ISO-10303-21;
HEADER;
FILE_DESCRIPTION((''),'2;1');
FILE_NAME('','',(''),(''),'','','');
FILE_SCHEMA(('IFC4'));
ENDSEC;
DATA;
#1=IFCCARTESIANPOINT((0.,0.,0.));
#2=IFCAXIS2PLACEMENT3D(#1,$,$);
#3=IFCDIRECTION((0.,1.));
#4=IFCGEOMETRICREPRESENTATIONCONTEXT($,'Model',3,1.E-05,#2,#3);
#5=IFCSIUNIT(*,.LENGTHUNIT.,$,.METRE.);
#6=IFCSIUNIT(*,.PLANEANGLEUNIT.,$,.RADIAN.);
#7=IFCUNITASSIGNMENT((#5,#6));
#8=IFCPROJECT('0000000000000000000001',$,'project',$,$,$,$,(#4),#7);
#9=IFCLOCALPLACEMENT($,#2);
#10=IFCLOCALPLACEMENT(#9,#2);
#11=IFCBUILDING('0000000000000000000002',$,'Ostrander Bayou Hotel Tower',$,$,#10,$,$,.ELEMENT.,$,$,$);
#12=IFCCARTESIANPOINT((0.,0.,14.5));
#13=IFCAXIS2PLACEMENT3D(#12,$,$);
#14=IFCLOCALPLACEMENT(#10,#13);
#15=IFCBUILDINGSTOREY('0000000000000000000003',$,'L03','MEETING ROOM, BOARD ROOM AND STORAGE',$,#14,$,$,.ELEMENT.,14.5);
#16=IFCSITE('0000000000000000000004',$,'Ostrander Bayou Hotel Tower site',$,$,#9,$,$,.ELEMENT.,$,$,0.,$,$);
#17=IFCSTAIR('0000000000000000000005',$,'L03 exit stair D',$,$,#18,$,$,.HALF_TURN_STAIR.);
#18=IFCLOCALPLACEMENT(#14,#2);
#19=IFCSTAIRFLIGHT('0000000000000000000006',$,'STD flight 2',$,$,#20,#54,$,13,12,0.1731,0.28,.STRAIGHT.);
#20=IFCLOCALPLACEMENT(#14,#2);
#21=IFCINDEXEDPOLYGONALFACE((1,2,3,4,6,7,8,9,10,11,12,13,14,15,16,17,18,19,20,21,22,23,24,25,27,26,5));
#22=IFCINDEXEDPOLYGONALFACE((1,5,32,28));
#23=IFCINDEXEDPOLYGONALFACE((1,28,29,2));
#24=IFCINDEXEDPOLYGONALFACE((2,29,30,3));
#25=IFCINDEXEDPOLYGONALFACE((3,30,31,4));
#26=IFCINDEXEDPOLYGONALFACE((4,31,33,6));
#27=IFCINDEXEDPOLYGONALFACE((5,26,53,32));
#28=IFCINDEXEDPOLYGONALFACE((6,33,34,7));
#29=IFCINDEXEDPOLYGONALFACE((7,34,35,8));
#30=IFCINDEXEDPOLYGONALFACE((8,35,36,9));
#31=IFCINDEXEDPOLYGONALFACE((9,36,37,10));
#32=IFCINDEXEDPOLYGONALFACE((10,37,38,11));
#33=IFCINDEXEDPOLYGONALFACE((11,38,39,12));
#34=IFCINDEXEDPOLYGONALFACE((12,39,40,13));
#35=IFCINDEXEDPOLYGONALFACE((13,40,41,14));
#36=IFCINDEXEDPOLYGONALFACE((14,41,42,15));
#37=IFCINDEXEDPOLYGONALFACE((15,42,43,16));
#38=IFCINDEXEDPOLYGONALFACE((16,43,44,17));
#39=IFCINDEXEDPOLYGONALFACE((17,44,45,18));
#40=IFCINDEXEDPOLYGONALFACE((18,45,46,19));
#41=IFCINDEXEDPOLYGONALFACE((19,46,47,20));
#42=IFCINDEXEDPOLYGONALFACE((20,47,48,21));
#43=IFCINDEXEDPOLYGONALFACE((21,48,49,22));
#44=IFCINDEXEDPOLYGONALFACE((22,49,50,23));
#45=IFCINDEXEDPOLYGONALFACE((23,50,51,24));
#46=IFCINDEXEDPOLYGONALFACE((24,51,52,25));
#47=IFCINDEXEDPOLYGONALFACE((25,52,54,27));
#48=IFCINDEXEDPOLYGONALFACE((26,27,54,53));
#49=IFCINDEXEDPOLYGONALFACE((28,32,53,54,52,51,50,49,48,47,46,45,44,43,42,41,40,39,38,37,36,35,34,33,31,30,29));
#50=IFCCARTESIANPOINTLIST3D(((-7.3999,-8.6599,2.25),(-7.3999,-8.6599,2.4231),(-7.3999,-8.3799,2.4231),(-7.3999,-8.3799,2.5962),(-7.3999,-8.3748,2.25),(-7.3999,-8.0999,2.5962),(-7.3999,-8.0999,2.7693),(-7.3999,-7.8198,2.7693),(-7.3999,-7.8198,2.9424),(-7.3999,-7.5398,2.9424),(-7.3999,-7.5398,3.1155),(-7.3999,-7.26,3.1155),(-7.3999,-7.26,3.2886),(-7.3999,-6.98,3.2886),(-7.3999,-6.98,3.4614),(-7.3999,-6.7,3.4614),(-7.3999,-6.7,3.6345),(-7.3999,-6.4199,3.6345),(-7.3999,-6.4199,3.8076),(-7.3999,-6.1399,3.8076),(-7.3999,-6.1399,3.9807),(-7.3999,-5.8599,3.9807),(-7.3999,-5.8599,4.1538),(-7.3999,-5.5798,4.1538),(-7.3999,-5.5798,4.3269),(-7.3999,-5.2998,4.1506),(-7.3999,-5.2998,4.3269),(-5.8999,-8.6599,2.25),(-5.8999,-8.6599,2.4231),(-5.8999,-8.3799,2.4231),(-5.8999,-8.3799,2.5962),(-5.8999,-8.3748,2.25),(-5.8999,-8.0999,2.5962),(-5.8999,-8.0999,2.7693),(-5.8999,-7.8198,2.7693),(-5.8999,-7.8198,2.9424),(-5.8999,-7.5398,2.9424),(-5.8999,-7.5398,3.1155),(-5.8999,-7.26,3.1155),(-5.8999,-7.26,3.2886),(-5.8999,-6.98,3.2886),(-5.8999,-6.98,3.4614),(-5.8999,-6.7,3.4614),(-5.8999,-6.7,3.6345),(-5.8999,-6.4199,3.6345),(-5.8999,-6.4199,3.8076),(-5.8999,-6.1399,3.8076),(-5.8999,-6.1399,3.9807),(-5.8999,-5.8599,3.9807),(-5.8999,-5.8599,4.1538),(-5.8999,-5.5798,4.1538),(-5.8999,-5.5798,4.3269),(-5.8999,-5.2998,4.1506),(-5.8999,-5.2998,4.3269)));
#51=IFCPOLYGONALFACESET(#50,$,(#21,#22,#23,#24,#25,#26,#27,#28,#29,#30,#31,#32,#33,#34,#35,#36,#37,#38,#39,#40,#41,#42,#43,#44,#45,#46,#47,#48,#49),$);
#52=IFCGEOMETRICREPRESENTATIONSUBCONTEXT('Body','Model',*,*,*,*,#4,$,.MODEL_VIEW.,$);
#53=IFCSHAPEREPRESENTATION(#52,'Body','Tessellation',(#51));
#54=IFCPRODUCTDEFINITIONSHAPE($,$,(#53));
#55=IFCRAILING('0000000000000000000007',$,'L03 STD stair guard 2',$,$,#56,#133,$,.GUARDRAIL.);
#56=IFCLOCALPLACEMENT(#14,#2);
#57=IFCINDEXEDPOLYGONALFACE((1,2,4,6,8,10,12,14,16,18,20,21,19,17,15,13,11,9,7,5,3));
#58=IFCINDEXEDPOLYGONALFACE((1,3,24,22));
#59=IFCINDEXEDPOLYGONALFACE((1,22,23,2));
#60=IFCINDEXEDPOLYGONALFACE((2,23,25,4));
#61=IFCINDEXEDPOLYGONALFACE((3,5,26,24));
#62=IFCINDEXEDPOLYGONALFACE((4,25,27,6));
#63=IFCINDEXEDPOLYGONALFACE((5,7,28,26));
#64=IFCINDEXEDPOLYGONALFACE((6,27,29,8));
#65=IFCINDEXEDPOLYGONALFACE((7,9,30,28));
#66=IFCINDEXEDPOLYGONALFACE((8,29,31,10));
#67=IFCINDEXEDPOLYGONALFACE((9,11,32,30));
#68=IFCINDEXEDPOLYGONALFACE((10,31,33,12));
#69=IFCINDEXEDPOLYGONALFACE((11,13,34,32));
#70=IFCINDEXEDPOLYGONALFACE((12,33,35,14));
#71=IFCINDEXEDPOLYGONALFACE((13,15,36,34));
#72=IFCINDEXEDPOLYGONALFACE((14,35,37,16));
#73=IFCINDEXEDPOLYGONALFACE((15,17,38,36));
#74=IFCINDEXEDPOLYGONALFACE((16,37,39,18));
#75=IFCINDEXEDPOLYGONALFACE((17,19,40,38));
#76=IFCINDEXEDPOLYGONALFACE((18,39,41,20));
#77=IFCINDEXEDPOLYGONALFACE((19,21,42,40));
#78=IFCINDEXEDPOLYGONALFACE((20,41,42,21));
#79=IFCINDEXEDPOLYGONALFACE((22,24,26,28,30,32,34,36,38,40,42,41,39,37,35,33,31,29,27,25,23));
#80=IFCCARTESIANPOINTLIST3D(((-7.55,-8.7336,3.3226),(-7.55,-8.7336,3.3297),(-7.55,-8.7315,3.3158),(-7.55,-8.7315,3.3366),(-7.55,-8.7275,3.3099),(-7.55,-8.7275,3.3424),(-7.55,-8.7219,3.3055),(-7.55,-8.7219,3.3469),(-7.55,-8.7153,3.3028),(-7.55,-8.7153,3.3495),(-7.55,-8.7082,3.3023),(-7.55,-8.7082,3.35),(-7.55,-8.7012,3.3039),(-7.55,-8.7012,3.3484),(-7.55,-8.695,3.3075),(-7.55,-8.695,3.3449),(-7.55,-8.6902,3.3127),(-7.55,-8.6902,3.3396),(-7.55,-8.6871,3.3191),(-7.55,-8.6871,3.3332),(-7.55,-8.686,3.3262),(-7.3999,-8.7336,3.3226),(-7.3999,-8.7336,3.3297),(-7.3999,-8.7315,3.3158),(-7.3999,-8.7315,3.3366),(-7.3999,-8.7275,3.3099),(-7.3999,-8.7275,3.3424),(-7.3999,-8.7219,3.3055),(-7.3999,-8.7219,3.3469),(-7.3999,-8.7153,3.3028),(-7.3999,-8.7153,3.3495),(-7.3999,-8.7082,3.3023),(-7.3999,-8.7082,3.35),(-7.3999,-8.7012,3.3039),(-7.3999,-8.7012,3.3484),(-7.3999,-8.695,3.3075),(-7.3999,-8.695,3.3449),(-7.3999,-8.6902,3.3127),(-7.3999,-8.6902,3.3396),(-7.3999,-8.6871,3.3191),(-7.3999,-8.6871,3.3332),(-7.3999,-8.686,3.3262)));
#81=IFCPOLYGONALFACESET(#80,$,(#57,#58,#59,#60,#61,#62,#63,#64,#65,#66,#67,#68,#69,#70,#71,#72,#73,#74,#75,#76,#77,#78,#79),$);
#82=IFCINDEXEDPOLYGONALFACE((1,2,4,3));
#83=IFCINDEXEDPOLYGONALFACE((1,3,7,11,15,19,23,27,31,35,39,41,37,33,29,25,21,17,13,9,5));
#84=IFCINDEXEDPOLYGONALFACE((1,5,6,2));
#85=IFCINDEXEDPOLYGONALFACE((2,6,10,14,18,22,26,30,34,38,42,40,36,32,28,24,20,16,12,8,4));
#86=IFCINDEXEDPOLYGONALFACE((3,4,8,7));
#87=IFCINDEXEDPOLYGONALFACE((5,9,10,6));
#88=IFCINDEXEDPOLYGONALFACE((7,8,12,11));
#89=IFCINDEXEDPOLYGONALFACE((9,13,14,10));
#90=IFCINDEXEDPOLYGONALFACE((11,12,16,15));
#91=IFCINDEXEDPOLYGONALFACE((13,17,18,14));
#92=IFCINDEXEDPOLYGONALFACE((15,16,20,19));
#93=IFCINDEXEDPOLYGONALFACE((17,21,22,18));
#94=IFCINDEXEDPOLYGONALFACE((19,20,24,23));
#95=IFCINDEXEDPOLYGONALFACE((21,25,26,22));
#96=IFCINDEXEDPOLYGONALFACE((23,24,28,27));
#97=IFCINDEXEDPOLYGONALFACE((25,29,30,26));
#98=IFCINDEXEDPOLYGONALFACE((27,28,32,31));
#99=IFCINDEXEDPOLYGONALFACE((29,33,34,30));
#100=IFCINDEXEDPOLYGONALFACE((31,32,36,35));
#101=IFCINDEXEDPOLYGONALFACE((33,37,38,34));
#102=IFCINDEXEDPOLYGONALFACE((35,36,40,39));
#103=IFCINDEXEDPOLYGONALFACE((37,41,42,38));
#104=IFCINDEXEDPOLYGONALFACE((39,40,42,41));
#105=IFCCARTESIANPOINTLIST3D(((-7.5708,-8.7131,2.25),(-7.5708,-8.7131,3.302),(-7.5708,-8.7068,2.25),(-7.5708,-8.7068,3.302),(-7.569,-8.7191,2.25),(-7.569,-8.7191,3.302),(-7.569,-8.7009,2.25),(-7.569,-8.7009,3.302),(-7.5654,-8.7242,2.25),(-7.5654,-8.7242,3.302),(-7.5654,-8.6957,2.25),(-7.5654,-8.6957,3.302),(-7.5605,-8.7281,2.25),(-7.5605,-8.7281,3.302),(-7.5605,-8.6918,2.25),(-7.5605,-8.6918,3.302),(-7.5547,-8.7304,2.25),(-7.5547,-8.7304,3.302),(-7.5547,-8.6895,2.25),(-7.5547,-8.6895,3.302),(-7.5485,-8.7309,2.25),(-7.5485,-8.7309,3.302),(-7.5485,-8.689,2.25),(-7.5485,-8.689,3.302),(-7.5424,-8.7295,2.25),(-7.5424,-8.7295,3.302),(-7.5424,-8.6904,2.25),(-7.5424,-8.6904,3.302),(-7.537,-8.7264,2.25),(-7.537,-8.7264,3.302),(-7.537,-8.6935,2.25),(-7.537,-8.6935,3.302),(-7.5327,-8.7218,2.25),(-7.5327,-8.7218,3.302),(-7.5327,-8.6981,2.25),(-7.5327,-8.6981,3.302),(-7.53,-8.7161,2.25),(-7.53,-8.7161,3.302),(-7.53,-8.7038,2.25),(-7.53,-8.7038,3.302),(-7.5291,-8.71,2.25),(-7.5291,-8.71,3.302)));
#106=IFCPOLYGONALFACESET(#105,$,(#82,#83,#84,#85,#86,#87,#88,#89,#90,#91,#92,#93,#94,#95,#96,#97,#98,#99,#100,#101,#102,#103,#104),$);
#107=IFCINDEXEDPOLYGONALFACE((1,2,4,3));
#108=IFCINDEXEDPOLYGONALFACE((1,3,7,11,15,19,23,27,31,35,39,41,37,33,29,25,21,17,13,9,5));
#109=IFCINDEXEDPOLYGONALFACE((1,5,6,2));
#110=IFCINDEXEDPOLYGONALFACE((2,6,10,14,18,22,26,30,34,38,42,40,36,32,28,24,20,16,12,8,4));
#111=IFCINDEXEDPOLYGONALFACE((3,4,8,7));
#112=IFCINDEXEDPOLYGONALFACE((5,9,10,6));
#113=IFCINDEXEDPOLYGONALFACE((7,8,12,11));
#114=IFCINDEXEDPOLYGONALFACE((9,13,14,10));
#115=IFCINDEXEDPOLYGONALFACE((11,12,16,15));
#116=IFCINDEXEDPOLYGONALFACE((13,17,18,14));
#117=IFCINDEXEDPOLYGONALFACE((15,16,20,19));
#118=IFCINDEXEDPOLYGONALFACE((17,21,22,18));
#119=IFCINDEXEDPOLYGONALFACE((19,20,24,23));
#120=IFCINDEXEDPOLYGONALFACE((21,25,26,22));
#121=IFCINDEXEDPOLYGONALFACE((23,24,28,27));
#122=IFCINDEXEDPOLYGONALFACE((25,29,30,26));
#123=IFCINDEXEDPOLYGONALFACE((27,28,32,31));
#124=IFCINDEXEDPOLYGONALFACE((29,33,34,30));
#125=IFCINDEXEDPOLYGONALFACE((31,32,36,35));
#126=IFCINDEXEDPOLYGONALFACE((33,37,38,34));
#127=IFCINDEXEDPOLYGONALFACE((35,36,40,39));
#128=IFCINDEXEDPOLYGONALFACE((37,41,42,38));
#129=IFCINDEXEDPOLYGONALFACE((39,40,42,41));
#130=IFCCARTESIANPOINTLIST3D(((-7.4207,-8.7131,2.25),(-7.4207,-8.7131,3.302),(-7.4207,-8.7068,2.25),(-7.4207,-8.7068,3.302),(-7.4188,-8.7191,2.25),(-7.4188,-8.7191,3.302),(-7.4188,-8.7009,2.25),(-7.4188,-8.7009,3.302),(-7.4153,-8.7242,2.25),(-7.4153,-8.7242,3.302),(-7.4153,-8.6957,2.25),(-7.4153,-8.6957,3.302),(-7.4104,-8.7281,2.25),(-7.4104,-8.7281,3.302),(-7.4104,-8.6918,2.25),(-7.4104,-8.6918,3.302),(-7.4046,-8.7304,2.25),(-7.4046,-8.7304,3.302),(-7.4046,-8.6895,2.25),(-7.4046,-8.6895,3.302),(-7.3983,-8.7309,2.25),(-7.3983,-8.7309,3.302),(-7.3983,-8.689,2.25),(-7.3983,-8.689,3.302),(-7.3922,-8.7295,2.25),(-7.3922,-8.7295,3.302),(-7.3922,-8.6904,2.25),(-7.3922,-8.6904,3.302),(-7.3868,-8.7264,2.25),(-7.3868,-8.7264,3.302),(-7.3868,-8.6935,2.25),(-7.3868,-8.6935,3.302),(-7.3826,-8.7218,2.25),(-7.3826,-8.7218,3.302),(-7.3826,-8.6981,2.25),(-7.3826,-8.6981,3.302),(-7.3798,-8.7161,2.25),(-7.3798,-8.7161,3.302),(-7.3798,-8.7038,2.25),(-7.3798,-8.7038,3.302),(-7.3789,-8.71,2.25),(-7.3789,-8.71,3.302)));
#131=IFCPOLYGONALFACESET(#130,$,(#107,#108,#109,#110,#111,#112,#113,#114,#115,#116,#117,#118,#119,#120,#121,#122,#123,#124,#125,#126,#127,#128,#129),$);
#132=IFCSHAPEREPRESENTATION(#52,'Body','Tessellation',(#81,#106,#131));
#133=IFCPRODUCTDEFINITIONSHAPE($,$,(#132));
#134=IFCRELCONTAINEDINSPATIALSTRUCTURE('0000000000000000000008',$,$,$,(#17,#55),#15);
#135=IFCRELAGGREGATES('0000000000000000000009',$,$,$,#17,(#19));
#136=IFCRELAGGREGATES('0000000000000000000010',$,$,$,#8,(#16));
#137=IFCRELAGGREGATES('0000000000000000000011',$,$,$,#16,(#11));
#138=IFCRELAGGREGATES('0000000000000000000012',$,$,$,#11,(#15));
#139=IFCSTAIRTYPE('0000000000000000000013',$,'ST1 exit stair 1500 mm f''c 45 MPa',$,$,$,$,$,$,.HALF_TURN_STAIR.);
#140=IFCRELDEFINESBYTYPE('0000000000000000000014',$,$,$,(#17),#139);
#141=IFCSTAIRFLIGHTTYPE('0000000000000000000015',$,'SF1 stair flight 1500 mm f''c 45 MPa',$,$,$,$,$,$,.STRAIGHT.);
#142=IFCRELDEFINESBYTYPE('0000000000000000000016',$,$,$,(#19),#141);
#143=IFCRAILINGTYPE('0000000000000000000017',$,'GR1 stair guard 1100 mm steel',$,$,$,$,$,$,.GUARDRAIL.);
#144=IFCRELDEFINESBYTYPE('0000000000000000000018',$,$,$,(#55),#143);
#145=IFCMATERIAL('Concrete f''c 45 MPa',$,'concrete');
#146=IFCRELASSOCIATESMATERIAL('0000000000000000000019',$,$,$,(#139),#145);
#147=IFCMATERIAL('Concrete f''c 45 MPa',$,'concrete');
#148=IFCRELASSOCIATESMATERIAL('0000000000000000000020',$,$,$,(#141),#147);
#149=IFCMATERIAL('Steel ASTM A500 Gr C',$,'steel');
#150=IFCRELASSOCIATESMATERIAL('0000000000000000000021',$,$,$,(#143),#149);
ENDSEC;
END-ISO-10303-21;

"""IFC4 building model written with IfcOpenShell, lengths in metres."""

from ifc_helpers import new_model, si_unit, direction, frame, origin, origin_2d, place, context, subcontext, project, spatial, polyline, circle, outline, extrude, material, type_object, element, aggregate, save


model = new_model("IFC4")

# Units and contexts
model_context = context("Model", 3, precision=1e-05, world=origin(), true_north=direction((0.0, 1.0)))
body_context = subcontext(model_context, "Body", "Model", "MODEL_VIEW")
ifc_project = project(units=[si_unit("LENGTHUNIT", "METRE"), si_unit("PLANEANGLEUNIT", "RADIAN")], contexts=[model_context])

# Site, building, storey
site_placement = place(None, origin())
site = spatial("IfcSite", under=ifc_project, at=site_placement, Name="Ostrander Bayou Hotel Tower site", CompositionType="ELEMENT", RefElevation=0.0)
building_placement = place(site_placement, origin())
building = spatial("IfcBuilding", under=site, at=building_placement, Name="Ostrander Bayou Hotel Tower", CompositionType="ELEMENT")
storey_placement = place(building_placement, frame((0.0, 0.0, 14.5)))
storey = spatial("IfcBuildingStorey", under=building, at=storey_placement, Name="L03", Description="MEETING ROOM, BOARD ROOM AND STORAGE", CompositionType="ELEMENT", Elevation=14.5)

# Stair, stair flight
ifc_material_1 = material(Name="Concrete f'c 45 MPa", Category="concrete")
stair_type = type_object("IfcStairType", Name="ST1 exit stair 1500 mm f'c 45 MPa", PredefinedType="HALF_TURN_STAIR", material=ifc_material_1)
stair_placement = place(storey_placement, origin())
stair = element("IfcStair", 1, at=stair_placement, inside=storey, type_object=stair_type, Name="L03 exit stair D", PredefinedType="HALF_TURN_STAIR")
ifc_material_2 = material(Name="Concrete f'c 45 MPa", Category="concrete")
stair_flight_type = type_object("IfcStairFlightType", Name="SF1 stair flight 1500 mm f'c 45 MPa", PredefinedType="STRAIGHT", material=ifc_material_2)
stair_flight_1_placement = place(storey_placement, frame((-6.6499, -8.6599, 2.25), z_axis=(0.0, 0.0, 1.0), x_axis=(0.0, 1.0, 0.0)))
stair_flight_1 = element("IfcStairFlight", 2, at=stair_flight_1_placement, type_object=stair_flight_type, Name="STD flight 2", NumberOfRisers=13, NumberOfTreads=12, PredefinedType="STRAIGHT", RiserHeight=0.1731, TreadLength=0.28, context=body_context, shape_type="SweptSolid", body=[
    extrude(outline(polyline([(0.0, 0.0), (0.0, 0.1731), (0.28, 0.1731), (0.28, 0.3462), (0.5601, 0.3462), (0.5601, 0.5193), (0.8401, 0.5193), (0.8401, 0.6924), (1.1201, 0.6924), (1.1201, 0.8655), (1.3999, 0.8655), (1.3999, 1.0386), (1.6799, 1.0386), (1.6799, 1.2114), (1.96, 1.2114), (1.96, 1.3845), (2.24, 1.3845), (2.24, 1.5576), (2.52, 1.5576), (2.52, 1.7307), (2.8, 1.7307), (2.8, 1.9038), (3.0801, 1.9038), (3.0801, 2.0769), (3.3601, 2.0769), (3.3601, 2.25), (3.3601, 1.9006), (0.2852, 0.0), (0.0, 0.0)])), frame((0.0, 0.75, 0.0), z_axis=(0.0, -1.0, 0.0), x_axis=(1.0, 0.0, 0.0)), (0.0, 0.0, 1.0), 1.5),
])
aggregate(stair, [stair_flight_1])

# Railing
ifc_material_3 = material(Name="Steel ASTM A500 Gr C", Category="steel")
railing_type_1 = type_object("IfcRailingType", Name="GR1 stair guard 1100 mm steel", PredefinedType="GUARDRAIL", material=ifc_material_3)
railing_1_placement = place(storey_placement, frame((-7.55, -8.71, 2.25)))
element("IfcRailing", 3, at=railing_1_placement, inside=storey, type_object=railing_type_1, Name="L03 STD stair guard 2", PredefinedType="GUARDRAIL", context=body_context, shape_type="SweptSolid", body=[
    extrude(circle(Radius=0.0239, at=origin_2d()), frame((0.0, 0.0, 1.0762), z_axis=(1.0, 0.0, 0.0), x_axis=(0.0, 1.0, 0.0)), (0.0, 0.0, 1.0), 0.1501),
    extrude(circle(Radius=0.021, at=origin_2d()), origin(), (0.0, 0.0, 1.0), 1.052),
    extrude(circle(Radius=0.021, at=origin_2d()), frame((0.1501, 0.0, 0.0)), (0.0, 0.0, 1.0), 1.052),
])

save(model, "model.ifc")
